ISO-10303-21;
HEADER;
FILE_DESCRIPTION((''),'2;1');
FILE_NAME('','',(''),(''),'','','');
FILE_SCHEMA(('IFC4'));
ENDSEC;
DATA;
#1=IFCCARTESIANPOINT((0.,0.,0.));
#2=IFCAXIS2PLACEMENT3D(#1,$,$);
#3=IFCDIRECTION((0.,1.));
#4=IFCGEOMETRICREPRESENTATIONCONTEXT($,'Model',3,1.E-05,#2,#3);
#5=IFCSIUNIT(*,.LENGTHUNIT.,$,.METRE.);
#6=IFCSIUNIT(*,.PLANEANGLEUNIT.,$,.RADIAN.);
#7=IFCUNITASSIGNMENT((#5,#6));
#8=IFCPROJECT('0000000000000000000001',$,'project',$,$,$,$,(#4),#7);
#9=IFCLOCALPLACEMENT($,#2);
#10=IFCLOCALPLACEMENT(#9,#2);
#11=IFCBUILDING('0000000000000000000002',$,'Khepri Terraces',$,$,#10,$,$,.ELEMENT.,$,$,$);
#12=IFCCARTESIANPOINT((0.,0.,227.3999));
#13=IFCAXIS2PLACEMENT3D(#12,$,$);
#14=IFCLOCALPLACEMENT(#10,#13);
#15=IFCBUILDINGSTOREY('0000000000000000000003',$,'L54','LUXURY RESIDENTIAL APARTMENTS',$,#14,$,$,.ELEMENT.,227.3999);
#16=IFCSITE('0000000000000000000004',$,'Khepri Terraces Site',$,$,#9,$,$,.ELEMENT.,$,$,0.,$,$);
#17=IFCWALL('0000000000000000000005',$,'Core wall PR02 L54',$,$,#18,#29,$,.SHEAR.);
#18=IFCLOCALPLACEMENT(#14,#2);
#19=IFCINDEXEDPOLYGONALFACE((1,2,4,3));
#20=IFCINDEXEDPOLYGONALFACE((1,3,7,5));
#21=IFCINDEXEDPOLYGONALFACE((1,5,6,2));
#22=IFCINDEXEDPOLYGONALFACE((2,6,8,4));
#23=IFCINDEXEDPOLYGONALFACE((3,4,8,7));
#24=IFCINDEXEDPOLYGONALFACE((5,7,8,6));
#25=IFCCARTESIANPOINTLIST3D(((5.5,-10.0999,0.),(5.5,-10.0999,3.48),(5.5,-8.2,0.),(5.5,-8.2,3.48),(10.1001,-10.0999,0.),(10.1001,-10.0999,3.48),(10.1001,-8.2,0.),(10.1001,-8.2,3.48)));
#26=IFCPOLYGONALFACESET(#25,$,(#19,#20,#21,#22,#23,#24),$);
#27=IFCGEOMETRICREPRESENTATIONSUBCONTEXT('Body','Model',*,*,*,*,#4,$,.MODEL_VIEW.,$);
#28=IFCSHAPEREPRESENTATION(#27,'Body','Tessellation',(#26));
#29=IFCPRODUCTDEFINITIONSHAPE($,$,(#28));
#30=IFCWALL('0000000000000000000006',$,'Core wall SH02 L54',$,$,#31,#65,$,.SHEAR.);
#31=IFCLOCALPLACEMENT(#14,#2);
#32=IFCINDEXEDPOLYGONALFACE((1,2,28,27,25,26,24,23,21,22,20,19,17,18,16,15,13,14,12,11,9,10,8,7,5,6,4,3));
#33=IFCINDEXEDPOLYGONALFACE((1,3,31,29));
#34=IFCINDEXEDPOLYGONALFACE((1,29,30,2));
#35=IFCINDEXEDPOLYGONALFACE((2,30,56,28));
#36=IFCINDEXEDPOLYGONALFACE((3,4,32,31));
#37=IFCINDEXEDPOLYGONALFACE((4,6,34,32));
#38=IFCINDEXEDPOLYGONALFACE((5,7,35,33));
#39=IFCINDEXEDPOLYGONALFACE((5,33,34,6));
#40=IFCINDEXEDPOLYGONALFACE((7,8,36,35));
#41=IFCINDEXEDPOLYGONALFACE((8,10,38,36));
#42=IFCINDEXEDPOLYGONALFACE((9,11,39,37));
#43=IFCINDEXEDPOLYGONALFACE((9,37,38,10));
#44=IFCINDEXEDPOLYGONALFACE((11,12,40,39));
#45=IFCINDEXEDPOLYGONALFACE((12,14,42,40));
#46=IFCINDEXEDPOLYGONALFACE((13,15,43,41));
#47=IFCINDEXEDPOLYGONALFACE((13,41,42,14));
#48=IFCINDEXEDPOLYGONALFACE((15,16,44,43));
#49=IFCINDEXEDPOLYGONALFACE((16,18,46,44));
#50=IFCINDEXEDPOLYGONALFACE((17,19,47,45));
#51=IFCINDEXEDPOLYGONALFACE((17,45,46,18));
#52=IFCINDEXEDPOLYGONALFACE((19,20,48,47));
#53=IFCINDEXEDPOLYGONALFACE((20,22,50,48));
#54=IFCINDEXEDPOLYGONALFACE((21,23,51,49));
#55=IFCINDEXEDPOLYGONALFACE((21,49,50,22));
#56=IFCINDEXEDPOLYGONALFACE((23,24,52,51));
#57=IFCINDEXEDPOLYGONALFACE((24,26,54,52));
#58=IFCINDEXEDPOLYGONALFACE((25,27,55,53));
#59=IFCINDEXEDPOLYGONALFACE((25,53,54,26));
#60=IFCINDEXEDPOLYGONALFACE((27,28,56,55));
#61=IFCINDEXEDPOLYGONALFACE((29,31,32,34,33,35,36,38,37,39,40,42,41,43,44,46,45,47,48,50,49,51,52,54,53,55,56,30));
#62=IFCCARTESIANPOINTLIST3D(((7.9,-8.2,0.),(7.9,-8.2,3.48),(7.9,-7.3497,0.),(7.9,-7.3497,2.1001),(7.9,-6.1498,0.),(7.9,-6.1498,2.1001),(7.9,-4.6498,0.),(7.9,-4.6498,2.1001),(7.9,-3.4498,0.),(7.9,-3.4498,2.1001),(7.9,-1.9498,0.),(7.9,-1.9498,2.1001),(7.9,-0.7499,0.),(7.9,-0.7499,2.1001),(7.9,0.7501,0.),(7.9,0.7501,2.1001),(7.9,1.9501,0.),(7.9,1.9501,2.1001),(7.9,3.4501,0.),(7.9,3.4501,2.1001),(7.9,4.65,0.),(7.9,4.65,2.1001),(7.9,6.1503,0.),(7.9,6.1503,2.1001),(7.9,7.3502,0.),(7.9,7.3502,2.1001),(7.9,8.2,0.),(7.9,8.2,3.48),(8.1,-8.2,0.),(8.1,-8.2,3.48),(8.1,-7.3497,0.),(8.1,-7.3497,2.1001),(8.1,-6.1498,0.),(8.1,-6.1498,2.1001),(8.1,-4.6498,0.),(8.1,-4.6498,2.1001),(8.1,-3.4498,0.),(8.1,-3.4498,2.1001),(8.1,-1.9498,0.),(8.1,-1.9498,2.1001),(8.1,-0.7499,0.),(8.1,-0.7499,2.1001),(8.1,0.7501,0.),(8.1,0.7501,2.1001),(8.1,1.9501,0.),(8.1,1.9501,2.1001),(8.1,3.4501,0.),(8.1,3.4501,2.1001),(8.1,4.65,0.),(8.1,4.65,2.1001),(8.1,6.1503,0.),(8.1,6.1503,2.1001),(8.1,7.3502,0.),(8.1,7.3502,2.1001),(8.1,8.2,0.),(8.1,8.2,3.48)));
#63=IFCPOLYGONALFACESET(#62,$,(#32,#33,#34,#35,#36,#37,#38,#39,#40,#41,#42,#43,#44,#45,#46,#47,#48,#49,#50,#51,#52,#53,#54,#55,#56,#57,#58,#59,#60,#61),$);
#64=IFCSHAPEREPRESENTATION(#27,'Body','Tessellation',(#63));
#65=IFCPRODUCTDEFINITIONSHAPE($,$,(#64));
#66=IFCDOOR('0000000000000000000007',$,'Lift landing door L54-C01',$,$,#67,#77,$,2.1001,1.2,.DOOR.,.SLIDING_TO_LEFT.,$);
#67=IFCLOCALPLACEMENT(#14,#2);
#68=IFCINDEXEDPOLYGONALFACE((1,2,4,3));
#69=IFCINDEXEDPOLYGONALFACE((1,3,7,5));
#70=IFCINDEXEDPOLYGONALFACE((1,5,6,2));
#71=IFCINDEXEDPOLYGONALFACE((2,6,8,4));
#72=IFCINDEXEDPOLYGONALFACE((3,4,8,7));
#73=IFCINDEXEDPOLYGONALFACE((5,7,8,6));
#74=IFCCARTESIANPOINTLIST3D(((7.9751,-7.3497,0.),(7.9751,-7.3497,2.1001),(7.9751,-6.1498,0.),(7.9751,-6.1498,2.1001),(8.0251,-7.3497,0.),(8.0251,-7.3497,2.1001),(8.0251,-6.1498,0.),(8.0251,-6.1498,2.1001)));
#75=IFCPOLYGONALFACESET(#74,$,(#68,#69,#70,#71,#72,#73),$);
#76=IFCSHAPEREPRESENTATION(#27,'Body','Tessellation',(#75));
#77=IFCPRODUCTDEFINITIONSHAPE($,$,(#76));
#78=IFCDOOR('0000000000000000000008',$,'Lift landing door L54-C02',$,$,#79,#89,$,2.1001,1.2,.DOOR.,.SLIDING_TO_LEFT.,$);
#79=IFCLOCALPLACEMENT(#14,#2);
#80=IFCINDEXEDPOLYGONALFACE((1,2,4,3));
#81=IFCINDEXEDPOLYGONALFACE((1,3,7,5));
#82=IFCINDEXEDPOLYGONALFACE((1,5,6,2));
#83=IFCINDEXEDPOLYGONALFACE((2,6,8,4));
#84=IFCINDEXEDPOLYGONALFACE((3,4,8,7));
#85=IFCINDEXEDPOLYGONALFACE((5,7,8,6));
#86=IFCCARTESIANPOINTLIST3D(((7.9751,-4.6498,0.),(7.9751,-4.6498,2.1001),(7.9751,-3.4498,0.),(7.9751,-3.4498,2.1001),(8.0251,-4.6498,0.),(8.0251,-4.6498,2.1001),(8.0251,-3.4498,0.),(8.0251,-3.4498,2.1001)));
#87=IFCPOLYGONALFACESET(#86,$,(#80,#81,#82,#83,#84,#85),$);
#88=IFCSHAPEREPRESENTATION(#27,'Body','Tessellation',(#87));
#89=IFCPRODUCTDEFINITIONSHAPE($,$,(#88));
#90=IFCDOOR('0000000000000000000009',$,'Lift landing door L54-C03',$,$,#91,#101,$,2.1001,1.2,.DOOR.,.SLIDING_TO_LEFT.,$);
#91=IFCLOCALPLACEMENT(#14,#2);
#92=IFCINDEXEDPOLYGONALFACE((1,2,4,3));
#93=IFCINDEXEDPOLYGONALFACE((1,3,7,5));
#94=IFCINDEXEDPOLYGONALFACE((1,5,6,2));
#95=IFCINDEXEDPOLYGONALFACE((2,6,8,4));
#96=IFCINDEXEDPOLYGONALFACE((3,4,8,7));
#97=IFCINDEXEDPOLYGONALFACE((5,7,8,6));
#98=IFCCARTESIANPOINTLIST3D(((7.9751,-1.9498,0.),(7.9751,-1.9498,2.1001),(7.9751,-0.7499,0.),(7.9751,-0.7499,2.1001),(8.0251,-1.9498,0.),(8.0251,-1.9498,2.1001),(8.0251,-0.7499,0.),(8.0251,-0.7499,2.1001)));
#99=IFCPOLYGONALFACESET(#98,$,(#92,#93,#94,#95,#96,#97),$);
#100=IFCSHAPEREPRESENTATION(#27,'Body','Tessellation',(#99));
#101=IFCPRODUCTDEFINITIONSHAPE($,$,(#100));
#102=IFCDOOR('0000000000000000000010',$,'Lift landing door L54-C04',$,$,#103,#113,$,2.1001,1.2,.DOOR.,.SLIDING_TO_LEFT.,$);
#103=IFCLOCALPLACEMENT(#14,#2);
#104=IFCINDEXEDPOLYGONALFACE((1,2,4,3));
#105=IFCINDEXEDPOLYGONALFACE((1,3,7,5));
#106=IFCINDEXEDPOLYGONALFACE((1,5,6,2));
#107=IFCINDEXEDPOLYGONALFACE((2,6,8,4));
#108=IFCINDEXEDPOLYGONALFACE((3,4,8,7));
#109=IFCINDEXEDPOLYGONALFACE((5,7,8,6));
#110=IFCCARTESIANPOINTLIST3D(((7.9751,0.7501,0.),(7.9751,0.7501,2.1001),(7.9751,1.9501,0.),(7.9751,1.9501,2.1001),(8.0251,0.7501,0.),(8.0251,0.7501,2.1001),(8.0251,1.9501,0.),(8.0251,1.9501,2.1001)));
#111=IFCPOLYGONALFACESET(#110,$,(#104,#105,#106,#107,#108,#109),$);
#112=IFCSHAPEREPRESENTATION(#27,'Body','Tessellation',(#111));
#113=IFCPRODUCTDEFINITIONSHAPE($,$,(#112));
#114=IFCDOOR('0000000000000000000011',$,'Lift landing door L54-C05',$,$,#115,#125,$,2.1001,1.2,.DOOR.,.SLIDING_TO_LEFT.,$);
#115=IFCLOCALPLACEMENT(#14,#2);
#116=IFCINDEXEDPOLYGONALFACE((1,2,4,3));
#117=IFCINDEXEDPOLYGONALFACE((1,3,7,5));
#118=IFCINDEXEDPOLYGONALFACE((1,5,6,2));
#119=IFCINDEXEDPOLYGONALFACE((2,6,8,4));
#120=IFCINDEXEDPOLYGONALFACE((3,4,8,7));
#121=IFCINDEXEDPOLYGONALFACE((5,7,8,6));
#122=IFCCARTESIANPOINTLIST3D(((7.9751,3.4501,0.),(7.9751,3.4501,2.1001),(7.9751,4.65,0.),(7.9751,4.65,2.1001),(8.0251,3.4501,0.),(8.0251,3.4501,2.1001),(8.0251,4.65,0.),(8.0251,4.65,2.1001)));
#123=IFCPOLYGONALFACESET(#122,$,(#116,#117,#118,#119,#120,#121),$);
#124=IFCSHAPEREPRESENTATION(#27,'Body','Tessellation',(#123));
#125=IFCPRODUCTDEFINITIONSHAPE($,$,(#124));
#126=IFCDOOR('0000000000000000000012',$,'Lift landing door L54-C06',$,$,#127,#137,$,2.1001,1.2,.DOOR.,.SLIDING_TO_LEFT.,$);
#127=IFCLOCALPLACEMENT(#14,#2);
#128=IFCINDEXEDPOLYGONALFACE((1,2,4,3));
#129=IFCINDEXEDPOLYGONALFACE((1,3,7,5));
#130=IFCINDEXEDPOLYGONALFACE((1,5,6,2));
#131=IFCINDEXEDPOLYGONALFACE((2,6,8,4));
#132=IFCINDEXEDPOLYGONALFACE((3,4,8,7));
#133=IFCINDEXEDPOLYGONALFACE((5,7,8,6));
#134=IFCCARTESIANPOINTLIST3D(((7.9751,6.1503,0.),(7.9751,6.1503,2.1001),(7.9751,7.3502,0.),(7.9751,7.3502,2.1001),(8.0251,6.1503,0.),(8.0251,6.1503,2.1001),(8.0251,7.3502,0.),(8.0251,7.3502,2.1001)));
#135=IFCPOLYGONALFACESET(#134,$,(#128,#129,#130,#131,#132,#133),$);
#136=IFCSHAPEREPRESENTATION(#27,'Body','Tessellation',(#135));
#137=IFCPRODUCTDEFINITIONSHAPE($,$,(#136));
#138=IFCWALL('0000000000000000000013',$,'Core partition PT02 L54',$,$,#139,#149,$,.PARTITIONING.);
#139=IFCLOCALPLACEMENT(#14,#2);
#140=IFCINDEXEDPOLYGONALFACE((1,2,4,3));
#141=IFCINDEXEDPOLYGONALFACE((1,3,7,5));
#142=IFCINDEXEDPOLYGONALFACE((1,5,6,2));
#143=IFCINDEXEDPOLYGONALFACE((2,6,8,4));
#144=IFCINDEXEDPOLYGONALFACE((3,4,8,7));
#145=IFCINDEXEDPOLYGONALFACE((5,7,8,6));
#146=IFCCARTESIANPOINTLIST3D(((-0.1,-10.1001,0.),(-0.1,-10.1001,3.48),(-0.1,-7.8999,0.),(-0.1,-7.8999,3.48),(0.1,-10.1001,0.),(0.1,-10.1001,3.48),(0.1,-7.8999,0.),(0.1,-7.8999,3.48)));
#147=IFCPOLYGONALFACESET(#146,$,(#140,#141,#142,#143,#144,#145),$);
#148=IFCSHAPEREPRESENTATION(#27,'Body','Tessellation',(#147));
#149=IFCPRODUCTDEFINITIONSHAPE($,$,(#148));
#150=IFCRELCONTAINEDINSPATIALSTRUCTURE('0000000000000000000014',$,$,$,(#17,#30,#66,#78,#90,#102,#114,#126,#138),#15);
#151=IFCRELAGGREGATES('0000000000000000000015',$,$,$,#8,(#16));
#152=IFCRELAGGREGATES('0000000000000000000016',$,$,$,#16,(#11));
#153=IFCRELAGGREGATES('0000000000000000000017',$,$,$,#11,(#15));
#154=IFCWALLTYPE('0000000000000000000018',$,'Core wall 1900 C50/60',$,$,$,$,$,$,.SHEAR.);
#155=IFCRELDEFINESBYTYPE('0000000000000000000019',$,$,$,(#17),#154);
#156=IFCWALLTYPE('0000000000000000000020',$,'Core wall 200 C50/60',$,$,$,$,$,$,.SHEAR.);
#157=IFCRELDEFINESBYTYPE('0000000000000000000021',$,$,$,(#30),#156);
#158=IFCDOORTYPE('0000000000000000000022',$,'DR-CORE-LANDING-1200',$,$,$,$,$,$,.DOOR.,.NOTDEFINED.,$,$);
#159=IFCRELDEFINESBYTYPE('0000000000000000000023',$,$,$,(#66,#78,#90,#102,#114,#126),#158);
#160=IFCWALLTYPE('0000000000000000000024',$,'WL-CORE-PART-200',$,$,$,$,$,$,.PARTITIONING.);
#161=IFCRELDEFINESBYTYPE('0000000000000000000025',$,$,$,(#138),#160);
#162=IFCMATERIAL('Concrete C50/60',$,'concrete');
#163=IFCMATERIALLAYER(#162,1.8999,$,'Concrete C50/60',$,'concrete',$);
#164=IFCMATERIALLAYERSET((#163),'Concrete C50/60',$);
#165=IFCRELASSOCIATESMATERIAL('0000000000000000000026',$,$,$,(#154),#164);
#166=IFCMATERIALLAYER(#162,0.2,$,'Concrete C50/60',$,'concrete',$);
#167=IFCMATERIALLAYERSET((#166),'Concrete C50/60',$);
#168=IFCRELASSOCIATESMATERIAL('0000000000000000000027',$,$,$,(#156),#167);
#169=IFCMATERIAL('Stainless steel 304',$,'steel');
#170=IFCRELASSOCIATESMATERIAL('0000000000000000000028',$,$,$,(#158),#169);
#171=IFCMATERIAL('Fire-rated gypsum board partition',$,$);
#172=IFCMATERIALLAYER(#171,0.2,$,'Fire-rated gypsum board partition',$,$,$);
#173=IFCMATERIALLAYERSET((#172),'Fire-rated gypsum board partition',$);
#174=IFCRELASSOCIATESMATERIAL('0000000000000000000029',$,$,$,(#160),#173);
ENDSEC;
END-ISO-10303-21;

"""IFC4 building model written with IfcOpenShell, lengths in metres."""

from ifc_helpers import new_model, si_unit, direction, frame, frame_2d, origin, place, context, subcontext, project, spatial, rectangle, extrude, material, layer, layer_set, type_object, element, fill, save


model = new_model("IFC4")

# Units and contexts
model_context = context("Model", 3, precision=1e-05, world=origin(), true_north=direction((0.0, 1.0)))
body_context = subcontext(model_context, "Body", "Model", "MODEL_VIEW")
ifc_project = project(units=[si_unit("LENGTHUNIT", "METRE"), si_unit("PLANEANGLEUNIT", "RADIAN")], contexts=[model_context])

# Site, building, storey
site_placement = place(None, origin())
site = spatial("IfcSite", under=ifc_project, at=site_placement, Name="Khepri Terraces Site", CompositionType="ELEMENT", RefElevation=0.0)
building_placement = place(site_placement, origin())
building = spatial("IfcBuilding", under=site, at=building_placement, Name="Khepri Terraces", CompositionType="ELEMENT")
storey_placement = place(building_placement, frame((0.0, 0.0, 227.3999)))
storey = spatial("IfcBuildingStorey", under=building, at=storey_placement, Name="L54", Description="LUXURY RESIDENTIAL APARTMENTS", CompositionType="ELEMENT", Elevation=227.3999)

# Wall
ifc_material_1 = material(Name="Concrete C50/60", Category="concrete")
ifc_layer_1 = layer(ifc_material_1, 1.8999, Name="Concrete C50/60", Category="concrete")
ifc_layer_set_1 = layer_set([ifc_layer_1], Name="Concrete C50/60")
wall_type_1 = type_object("IfcWallType", Name="Core wall 1900 C50/60", PredefinedType="SHEAR", material=ifc_layer_set_1)
wall_1_placement = place(storey_placement, frame((5.5, -9.1499, 0.0), z_axis=(0.0, 0.0, 1.0), x_axis=(1.0, 0.0, 0.0)))
element("IfcWall", 1, at=wall_1_placement, inside=storey, type_object=wall_type_1, Name="Core wall PR02 L54", PredefinedType="SHEAR", context=body_context, shape_type="SweptSolid", body=[
    extrude(rectangle(XDim=4.6001, YDim=1.8999, at=frame_2d((2.3, 0.0))), origin(), (0.0, 0.0, 1.0), 3.48),
])

# Wall, openings, doors
ifc_layer_2 = layer(ifc_material_1, 0.2, Name="Concrete C50/60", Category="concrete")
ifc_layer_set_2 = layer_set([ifc_layer_2], Name="Concrete C50/60")
wall_type_2 = type_object("IfcWallType", Name="Core wall 200 C50/60", PredefinedType="SHEAR", material=ifc_layer_set_2)
wall_2_placement = place(storey_placement, frame((8.0, -8.2, 0.0), z_axis=(0.0, 0.0, 1.0), x_axis=(0.0, 1.0, 0.0)))
wall_2 = element("IfcWall", 2, at=wall_2_placement, inside=storey, type_object=wall_type_2, Name="Core wall SH02 L54", PredefinedType="SHEAR", context=body_context, shape_type="SweptSolid", body=[
    extrude(rectangle(XDim=16.3999, YDim=0.2, at=frame_2d((8.2, 0.0))), origin(), (0.0, 0.0, 1.0), 3.48),
])
opening_1_placement = place(wall_2_placement, frame((0.8501, 0.0, 0.0)))
opening_1 = element("IfcOpeningElement", 3, at=opening_1_placement, cuts=wall_2, PredefinedType="OPENING", context=body_context, shape_type="SweptSolid", body=[
    extrude(rectangle(XDim=1.2, YDim=2.1001, at=frame_2d((0.6001, 1.05))), frame((0.0, 0.1099, 0.0), z_axis=(0.0, -1.0, 0.0), x_axis=(1.0, 0.0, 0.0)), (0.0, 0.0, 1.0), 0.22),
])
opening_2_placement = place(wall_2_placement, frame((3.55, 0.0, 0.0)))
opening_2 = element("IfcOpeningElement", 4, at=opening_2_placement, cuts=wall_2, PredefinedType="OPENING", context=body_context, shape_type="SweptSolid", body=[
    extrude(rectangle(XDim=1.2, YDim=2.1001, at=frame_2d((0.6001, 1.05))), frame((0.0, 0.1099, 0.0), z_axis=(0.0, -1.0, 0.0), x_axis=(1.0, 0.0, 0.0)), (0.0, 0.0, 1.0), 0.22),
])
opening_3_placement = place(wall_2_placement, frame((6.25, 0.0, 0.0)))
opening_3 = element("IfcOpeningElement", 5, at=opening_3_placement, cuts=wall_2, PredefinedType="OPENING", context=body_context, shape_type="SweptSolid", body=[
    extrude(rectangle(XDim=1.2, YDim=2.1001, at=frame_2d((0.6001, 1.05))), frame((0.0, 0.1099, 0.0), z_axis=(0.0, -1.0, 0.0), x_axis=(1.0, 0.0, 0.0)), (0.0, 0.0, 1.0), 0.22),
])
opening_4_placement = place(wall_2_placement, frame((8.95, 0.0, 0.0)))
opening_4 = element("IfcOpeningElement", 6, at=opening_4_placement, cuts=wall_2, PredefinedType="OPENING", context=body_context, shape_type="SweptSolid", body=[
    extrude(rectangle(XDim=1.2, YDim=2.1001, at=frame_2d((0.6001, 1.05))), frame((0.0, 0.1099, 0.0), z_axis=(0.0, -1.0, 0.0), x_axis=(1.0, 0.0, 0.0)), (0.0, 0.0, 1.0), 0.22),
])
opening_5_placement = place(wall_2_placement, frame((11.6499, 0.0, 0.0)))
opening_5 = element("IfcOpeningElement", 7, at=opening_5_placement, cuts=wall_2, PredefinedType="OPENING", context=body_context, shape_type="SweptSolid", body=[
    extrude(rectangle(XDim=1.2, YDim=2.1001, at=frame_2d((0.6001, 1.05))), frame((0.0, 0.1099, 0.0), z_axis=(0.0, -1.0, 0.0), x_axis=(1.0, 0.0, 0.0)), (0.0, 0.0, 1.0), 0.22),
])
opening_6_placement = place(wall_2_placement, frame((14.3501, 0.0, 0.0)))
opening_6 = element("IfcOpeningElement", 8, at=opening_6_placement, cuts=wall_2, PredefinedType="OPENING", context=body_context, shape_type="SweptSolid", body=[
    extrude(rectangle(XDim=1.2, YDim=2.1001, at=frame_2d((0.6001, 1.05))), frame((0.0, 0.1099, 0.0), z_axis=(0.0, -1.0, 0.0), x_axis=(1.0, 0.0, 0.0)), (0.0, 0.0, 1.0), 0.22),
])
ifc_material_2 = material(Name="Stainless steel 304", Category="steel")
door_type_1 = type_object("IfcDoorType", Name="DR-CORE-LANDING-1200", OperationType="NOTDEFINED", PredefinedType="DOOR", material=ifc_material_2)
door_1_placement = place(opening_1_placement, origin())
door_1 = element("IfcDoor", 9, at=door_1_placement, inside=storey, type_object=door_type_1, Name="Lift landing door L54-C01", OperationType="SLIDING_TO_LEFT", OverallHeight=2.1001, OverallWidth=1.2, PredefinedType="DOOR", context=body_context, shape_type="SweptSolid", body=[
    extrude(rectangle(XDim=1.2, YDim=2.1001, at=frame_2d((0.6001, 1.05))), frame((0.0, 0.0249, 0.0), z_axis=(0.0, -1.0, 0.0), x_axis=(1.0, 0.0, 0.0)), (0.0, 0.0, 1.0), 0.05),
])
fill(opening_1, door_1)
door_2_placement = place(opening_2_placement, origin())
door_2 = element("IfcDoor", 10, at=door_2_placement, inside=storey, type_object=door_type_1, Name="Lift landing door L54-C02", OperationType="SLIDING_TO_LEFT", OverallHeight=2.1001, OverallWidth=1.2, PredefinedType="DOOR", context=body_context, shape_type="SweptSolid", body=[
    extrude(rectangle(XDim=1.2, YDim=2.1001, at=frame_2d((0.6001, 1.05))), frame((0.0, 0.0249, 0.0), z_axis=(0.0, -1.0, 0.0), x_axis=(1.0, 0.0, 0.0)), (0.0, 0.0, 1.0), 0.05),
])
fill(opening_2, door_2)
door_3_placement = place(opening_3_placement, origin())
door_3 = element("IfcDoor", 11, at=door_3_placement, inside=storey, type_object=door_type_1, Name="Lift landing door L54-C03", OperationType="SLIDING_TO_LEFT", OverallHeight=2.1001, OverallWidth=1.2, PredefinedType="DOOR", context=body_context, shape_type="SweptSolid", body=[
    extrude(rectangle(XDim=1.2, YDim=2.1001, at=frame_2d((0.6001, 1.05))), frame((0.0, 0.0249, 0.0), z_axis=(0.0, -1.0, 0.0), x_axis=(1.0, 0.0, 0.0)), (0.0, 0.0, 1.0), 0.05),
])
fill(opening_3, door_3)
door_4_placement = place(opening_4_placement, origin())
door_4 = element("IfcDoor", 12, at=door_4_placement, inside=storey, type_object=door_type_1, Name="Lift landing door L54-C04", OperationType="SLIDING_TO_LEFT", OverallHeight=2.1001, OverallWidth=1.2, PredefinedType="DOOR", context=body_context, shape_type="SweptSolid", body=[
    extrude(rectangle(XDim=1.2, YDim=2.1001, at=frame_2d((0.6001, 1.05))), frame((0.0, 0.0249, 0.0), z_axis=(0.0, -1.0, 0.0), x_axis=(1.0, 0.0, 0.0)), (0.0, 0.0, 1.0), 0.05),
])
fill(opening_4, door_4)
door_5_placement = place(opening_5_placement, origin())
door_5 = element("IfcDoor", 13, at=door_5_placement, inside=storey, type_object=door_type_1, Name="Lift landing door L54-C05", OperationType="SLIDING_TO_LEFT", OverallHeight=2.1001, OverallWidth=1.2, PredefinedType="DOOR", context=body_context, shape_type="SweptSolid", body=[
    extrude(rectangle(XDim=1.2, YDim=2.1001, at=frame_2d((0.6001, 1.05))), frame((0.0, 0.0249, 0.0), z_axis=(0.0, -1.0, 0.0), x_axis=(1.0, 0.0, 0.0)), (0.0, 0.0, 1.0), 0.05),
])
fill(opening_5, door_5)
door_6_placement = place(opening_6_placement, origin())
door_6 = element("IfcDoor", 14, at=door_6_placement, inside=storey, type_object=door_type_1, Name="Lift landing door L54-C06", OperationType="SLIDING_TO_LEFT", OverallHeight=2.1001, OverallWidth=1.2, PredefinedType="DOOR", context=body_context, shape_type="SweptSolid", body=[
    extrude(rectangle(XDim=1.2, YDim=2.1001, at=frame_2d((0.6001, 1.05))), frame((0.0, 0.0249, 0.0), z_axis=(0.0, -1.0, 0.0), x_axis=(1.0, 0.0, 0.0)), (0.0, 0.0, 1.0), 0.05),
])
fill(opening_6, door_6)

# Wall
ifc_material_3 = material(Name="Fire-rated gypsum board partition")
ifc_layer_3 = layer(ifc_material_3, 0.2, Name="Fire-rated gypsum board partition")
ifc_layer_set_3 = layer_set([ifc_layer_3], Name="Fire-rated gypsum board partition")
wall_type_3 = type_object("IfcWallType", Name="WL-CORE-PART-200", PredefinedType="PARTITIONING", material=ifc_layer_set_3)
wall_3_placement = place(storey_placement, frame((0.0, -10.1001, 0.0), z_axis=(0.0, 0.0, 1.0), x_axis=(0.0, 1.0, 0.0)))
element("IfcWall", 15, at=wall_3_placement, inside=storey, type_object=wall_type_3, Name="Core partition PT02 L54", PredefinedType="PARTITIONING", context=body_context, shape_type="SweptSolid", body=[
    extrude(rectangle(XDim=2.2002, YDim=0.2, at=frame_2d((1.1001, 0.0))), origin(), (0.0, 0.0, 1.0), 3.48),
])

save(model, "model.ifc")
